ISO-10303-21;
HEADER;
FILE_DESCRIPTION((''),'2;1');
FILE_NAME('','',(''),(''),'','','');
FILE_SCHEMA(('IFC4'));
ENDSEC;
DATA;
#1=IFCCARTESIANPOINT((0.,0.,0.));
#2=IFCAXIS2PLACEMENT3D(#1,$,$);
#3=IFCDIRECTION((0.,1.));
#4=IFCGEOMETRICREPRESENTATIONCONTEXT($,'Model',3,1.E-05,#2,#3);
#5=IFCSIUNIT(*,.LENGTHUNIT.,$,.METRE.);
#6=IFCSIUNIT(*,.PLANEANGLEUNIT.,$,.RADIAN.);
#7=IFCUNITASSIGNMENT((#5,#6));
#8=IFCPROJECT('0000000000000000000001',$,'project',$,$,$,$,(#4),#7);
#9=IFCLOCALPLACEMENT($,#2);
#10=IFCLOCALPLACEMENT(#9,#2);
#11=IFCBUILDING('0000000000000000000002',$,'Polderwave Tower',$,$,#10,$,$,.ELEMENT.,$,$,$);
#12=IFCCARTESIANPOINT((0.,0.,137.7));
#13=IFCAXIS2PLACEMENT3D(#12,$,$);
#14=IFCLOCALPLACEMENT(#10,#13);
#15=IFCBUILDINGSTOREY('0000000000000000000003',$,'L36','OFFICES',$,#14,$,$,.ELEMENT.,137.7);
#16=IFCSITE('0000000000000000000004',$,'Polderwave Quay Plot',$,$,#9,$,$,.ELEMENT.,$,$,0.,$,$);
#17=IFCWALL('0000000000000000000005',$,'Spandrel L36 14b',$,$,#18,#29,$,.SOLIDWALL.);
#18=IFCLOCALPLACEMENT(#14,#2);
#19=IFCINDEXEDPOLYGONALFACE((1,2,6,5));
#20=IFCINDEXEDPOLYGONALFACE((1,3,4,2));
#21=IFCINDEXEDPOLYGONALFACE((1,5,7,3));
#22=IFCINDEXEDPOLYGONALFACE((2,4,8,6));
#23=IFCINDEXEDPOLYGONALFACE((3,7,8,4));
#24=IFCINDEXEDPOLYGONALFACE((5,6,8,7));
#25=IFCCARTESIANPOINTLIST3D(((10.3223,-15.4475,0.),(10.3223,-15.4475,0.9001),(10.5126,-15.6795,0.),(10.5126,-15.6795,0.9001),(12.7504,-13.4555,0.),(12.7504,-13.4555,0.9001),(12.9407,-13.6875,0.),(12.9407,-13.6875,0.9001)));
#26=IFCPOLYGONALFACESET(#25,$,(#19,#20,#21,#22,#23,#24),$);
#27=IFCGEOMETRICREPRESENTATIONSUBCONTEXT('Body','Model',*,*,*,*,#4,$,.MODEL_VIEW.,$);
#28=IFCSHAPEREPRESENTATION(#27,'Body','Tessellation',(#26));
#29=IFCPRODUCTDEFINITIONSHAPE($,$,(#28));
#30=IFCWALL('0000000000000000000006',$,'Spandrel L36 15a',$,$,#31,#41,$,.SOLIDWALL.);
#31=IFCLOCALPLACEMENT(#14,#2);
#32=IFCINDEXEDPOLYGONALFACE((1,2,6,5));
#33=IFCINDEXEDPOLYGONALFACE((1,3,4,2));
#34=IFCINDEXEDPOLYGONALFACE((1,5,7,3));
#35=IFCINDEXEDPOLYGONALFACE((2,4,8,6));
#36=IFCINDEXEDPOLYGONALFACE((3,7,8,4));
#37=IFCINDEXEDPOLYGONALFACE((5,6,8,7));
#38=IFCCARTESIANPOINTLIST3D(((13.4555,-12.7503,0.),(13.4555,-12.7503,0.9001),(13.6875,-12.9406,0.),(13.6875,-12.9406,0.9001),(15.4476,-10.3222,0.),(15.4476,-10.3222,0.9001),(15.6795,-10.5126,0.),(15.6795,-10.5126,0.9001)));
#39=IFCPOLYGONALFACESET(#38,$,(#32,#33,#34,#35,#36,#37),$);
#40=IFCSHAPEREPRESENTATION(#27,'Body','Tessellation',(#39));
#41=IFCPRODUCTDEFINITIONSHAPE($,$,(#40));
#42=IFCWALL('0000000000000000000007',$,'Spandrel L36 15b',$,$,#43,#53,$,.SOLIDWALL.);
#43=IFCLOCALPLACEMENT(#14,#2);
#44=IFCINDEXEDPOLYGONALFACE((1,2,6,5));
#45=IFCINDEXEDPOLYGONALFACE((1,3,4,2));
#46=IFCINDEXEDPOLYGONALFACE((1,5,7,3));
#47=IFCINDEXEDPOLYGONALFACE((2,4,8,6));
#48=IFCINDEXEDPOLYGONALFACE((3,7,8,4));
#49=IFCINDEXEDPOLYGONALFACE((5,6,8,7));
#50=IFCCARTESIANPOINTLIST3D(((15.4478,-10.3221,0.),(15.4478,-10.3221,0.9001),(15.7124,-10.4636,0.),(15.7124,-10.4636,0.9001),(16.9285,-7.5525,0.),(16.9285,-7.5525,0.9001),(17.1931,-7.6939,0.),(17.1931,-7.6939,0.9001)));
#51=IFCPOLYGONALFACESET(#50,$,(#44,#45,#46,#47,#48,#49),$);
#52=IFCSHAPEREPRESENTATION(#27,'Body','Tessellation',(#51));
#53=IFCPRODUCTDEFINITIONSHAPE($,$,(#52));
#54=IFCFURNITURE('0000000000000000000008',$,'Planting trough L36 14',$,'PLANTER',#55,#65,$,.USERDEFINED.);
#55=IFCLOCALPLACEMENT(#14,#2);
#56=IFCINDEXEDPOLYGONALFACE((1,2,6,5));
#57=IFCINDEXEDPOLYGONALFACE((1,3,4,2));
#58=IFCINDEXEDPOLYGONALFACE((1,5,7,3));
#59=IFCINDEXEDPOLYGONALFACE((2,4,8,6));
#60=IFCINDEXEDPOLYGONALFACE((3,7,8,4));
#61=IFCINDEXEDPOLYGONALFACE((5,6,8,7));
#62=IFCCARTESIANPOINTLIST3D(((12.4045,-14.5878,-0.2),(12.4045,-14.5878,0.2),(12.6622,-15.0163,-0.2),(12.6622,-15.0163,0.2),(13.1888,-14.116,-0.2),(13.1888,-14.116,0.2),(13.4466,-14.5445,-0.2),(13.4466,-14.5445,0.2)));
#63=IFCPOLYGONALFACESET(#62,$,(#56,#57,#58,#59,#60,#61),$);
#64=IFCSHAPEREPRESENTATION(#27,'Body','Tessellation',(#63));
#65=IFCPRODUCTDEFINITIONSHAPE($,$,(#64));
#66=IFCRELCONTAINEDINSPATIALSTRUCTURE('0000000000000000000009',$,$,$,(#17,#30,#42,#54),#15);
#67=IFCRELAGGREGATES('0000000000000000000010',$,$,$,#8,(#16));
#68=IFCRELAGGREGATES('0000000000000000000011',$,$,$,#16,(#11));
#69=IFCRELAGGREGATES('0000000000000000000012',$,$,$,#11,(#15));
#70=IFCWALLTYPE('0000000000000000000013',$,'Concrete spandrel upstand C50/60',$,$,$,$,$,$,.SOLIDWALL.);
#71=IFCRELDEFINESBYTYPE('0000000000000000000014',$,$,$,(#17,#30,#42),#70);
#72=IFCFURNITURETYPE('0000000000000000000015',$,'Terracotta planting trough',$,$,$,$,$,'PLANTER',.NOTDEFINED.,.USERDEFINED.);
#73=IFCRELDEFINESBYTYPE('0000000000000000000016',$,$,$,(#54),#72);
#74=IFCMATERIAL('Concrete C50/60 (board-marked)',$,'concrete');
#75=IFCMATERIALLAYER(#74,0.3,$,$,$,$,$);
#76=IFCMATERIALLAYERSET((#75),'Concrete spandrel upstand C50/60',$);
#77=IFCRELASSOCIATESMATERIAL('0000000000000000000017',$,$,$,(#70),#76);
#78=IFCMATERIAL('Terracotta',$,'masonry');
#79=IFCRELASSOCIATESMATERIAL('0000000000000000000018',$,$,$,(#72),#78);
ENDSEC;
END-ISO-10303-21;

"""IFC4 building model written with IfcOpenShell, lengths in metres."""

from ifc_helpers import new_model, si_unit, direction, frame, frame_2d, origin, origin_2d, place, context, subcontext, project, spatial, rectangle, extrude, material, layer, layer_set, type_object, element, save


model = new_model("IFC4")

# Units and contexts
model_context = context("Model", 3, precision=1e-05, world=origin(), true_north=direction((0.0, 1.0)))
body_context = subcontext(model_context, "Body", "Model", "MODEL_VIEW")
ifc_project = project(units=[si_unit("LENGTHUNIT", "METRE"), si_unit("PLANEANGLEUNIT", "RADIAN")], contexts=[model_context])

# Site, building, storey
site_placement = place(None, origin())
site = spatial("IfcSite", under=ifc_project, at=site_placement, Name="Polderwave Quay Plot", CompositionType="ELEMENT", RefElevation=0.0)
building_placement = place(site_placement, origin())
building = spatial("IfcBuilding", under=site, at=building_placement, Name="Polderwave Tower", CompositionType="ELEMENT")
storey_placement = place(building_placement, frame((0.0, 0.0, 137.7)))
storey = spatial("IfcBuildingStorey", under=building, at=storey_placement, Name="L36", Description="OFFICES", CompositionType="ELEMENT", Elevation=137.7)

# Walls
ifc_material_1 = material(Name="Concrete C50/60 (board-marked)", Category="concrete")
ifc_layer_1 = layer(ifc_material_1, 0.3)
ifc_layer_set_1 = layer_set([ifc_layer_1], Name="Concrete spandrel upstand C50/60")
wall_type = type_object("IfcWallType", Name="Concrete spandrel upstand C50/60", PredefinedType="SOLIDWALL", material=ifc_layer_set_1)
for number, where, z_axis, x_axis, name in (
    (1, (10.4175, -15.5635, 0.0), (0.0, 0.0, 1.0), (0.773111, 0.63427, 0.0), "Spandrel L36 14b"),
    (2, (13.5715, -12.8455, 0.0), (0.0, 0.0, 1.0), (0.63427, 0.773111, 0.0), "Spandrel L36 15a"),
    (3, (15.5801, -10.3928, 0.0), (0.0, 0.0, 1.0), (0.471488, 0.881873, 0.0), "Spandrel L36 15b"),
):
    element("IfcWall", number, at=place(storey_placement, frame(where, z_axis=z_axis, x_axis=x_axis)), inside=storey, type_object=wall_type, Name=name, PredefinedType="SOLIDWALL", context=body_context, shape_type="SweptSolid", body=[
        extrude(rectangle(XDim=3.1406, YDim=0.3, at=frame_2d((1.5703, 0.0))), origin(), (0.0, 0.0, 1.0), 0.9001),
    ])

# Furniture
ifc_material_2 = material(Name="Terracotta", Category="masonry")
furniture_type = type_object("IfcFurnitureType", Name="Terracotta planting trough", ElementType="PLANTER", AssemblyPlace="NOTDEFINED", PredefinedType="USERDEFINED", material=ifc_material_2)
furniture_placement = place(storey_placement, frame((12.9255, -14.5662, -0.2), z_axis=(0.0, 0.0, 1.0), x_axis=(0.856924, 0.515443, 0.0)))
element("IfcFurniture", 4, at=furniture_placement, inside=storey, type_object=furniture_type, Name="Planting trough L36 14", ObjectType="PLANTER", PredefinedType="USERDEFINED", context=body_context, shape_type="SweptSolid", body=[
    extrude(rectangle(XDim=0.9153, YDim=0.5, at=origin_2d()), origin(), (0.0, 0.0, 1.0), 0.3999),
])

save(model, "model.ifc")
